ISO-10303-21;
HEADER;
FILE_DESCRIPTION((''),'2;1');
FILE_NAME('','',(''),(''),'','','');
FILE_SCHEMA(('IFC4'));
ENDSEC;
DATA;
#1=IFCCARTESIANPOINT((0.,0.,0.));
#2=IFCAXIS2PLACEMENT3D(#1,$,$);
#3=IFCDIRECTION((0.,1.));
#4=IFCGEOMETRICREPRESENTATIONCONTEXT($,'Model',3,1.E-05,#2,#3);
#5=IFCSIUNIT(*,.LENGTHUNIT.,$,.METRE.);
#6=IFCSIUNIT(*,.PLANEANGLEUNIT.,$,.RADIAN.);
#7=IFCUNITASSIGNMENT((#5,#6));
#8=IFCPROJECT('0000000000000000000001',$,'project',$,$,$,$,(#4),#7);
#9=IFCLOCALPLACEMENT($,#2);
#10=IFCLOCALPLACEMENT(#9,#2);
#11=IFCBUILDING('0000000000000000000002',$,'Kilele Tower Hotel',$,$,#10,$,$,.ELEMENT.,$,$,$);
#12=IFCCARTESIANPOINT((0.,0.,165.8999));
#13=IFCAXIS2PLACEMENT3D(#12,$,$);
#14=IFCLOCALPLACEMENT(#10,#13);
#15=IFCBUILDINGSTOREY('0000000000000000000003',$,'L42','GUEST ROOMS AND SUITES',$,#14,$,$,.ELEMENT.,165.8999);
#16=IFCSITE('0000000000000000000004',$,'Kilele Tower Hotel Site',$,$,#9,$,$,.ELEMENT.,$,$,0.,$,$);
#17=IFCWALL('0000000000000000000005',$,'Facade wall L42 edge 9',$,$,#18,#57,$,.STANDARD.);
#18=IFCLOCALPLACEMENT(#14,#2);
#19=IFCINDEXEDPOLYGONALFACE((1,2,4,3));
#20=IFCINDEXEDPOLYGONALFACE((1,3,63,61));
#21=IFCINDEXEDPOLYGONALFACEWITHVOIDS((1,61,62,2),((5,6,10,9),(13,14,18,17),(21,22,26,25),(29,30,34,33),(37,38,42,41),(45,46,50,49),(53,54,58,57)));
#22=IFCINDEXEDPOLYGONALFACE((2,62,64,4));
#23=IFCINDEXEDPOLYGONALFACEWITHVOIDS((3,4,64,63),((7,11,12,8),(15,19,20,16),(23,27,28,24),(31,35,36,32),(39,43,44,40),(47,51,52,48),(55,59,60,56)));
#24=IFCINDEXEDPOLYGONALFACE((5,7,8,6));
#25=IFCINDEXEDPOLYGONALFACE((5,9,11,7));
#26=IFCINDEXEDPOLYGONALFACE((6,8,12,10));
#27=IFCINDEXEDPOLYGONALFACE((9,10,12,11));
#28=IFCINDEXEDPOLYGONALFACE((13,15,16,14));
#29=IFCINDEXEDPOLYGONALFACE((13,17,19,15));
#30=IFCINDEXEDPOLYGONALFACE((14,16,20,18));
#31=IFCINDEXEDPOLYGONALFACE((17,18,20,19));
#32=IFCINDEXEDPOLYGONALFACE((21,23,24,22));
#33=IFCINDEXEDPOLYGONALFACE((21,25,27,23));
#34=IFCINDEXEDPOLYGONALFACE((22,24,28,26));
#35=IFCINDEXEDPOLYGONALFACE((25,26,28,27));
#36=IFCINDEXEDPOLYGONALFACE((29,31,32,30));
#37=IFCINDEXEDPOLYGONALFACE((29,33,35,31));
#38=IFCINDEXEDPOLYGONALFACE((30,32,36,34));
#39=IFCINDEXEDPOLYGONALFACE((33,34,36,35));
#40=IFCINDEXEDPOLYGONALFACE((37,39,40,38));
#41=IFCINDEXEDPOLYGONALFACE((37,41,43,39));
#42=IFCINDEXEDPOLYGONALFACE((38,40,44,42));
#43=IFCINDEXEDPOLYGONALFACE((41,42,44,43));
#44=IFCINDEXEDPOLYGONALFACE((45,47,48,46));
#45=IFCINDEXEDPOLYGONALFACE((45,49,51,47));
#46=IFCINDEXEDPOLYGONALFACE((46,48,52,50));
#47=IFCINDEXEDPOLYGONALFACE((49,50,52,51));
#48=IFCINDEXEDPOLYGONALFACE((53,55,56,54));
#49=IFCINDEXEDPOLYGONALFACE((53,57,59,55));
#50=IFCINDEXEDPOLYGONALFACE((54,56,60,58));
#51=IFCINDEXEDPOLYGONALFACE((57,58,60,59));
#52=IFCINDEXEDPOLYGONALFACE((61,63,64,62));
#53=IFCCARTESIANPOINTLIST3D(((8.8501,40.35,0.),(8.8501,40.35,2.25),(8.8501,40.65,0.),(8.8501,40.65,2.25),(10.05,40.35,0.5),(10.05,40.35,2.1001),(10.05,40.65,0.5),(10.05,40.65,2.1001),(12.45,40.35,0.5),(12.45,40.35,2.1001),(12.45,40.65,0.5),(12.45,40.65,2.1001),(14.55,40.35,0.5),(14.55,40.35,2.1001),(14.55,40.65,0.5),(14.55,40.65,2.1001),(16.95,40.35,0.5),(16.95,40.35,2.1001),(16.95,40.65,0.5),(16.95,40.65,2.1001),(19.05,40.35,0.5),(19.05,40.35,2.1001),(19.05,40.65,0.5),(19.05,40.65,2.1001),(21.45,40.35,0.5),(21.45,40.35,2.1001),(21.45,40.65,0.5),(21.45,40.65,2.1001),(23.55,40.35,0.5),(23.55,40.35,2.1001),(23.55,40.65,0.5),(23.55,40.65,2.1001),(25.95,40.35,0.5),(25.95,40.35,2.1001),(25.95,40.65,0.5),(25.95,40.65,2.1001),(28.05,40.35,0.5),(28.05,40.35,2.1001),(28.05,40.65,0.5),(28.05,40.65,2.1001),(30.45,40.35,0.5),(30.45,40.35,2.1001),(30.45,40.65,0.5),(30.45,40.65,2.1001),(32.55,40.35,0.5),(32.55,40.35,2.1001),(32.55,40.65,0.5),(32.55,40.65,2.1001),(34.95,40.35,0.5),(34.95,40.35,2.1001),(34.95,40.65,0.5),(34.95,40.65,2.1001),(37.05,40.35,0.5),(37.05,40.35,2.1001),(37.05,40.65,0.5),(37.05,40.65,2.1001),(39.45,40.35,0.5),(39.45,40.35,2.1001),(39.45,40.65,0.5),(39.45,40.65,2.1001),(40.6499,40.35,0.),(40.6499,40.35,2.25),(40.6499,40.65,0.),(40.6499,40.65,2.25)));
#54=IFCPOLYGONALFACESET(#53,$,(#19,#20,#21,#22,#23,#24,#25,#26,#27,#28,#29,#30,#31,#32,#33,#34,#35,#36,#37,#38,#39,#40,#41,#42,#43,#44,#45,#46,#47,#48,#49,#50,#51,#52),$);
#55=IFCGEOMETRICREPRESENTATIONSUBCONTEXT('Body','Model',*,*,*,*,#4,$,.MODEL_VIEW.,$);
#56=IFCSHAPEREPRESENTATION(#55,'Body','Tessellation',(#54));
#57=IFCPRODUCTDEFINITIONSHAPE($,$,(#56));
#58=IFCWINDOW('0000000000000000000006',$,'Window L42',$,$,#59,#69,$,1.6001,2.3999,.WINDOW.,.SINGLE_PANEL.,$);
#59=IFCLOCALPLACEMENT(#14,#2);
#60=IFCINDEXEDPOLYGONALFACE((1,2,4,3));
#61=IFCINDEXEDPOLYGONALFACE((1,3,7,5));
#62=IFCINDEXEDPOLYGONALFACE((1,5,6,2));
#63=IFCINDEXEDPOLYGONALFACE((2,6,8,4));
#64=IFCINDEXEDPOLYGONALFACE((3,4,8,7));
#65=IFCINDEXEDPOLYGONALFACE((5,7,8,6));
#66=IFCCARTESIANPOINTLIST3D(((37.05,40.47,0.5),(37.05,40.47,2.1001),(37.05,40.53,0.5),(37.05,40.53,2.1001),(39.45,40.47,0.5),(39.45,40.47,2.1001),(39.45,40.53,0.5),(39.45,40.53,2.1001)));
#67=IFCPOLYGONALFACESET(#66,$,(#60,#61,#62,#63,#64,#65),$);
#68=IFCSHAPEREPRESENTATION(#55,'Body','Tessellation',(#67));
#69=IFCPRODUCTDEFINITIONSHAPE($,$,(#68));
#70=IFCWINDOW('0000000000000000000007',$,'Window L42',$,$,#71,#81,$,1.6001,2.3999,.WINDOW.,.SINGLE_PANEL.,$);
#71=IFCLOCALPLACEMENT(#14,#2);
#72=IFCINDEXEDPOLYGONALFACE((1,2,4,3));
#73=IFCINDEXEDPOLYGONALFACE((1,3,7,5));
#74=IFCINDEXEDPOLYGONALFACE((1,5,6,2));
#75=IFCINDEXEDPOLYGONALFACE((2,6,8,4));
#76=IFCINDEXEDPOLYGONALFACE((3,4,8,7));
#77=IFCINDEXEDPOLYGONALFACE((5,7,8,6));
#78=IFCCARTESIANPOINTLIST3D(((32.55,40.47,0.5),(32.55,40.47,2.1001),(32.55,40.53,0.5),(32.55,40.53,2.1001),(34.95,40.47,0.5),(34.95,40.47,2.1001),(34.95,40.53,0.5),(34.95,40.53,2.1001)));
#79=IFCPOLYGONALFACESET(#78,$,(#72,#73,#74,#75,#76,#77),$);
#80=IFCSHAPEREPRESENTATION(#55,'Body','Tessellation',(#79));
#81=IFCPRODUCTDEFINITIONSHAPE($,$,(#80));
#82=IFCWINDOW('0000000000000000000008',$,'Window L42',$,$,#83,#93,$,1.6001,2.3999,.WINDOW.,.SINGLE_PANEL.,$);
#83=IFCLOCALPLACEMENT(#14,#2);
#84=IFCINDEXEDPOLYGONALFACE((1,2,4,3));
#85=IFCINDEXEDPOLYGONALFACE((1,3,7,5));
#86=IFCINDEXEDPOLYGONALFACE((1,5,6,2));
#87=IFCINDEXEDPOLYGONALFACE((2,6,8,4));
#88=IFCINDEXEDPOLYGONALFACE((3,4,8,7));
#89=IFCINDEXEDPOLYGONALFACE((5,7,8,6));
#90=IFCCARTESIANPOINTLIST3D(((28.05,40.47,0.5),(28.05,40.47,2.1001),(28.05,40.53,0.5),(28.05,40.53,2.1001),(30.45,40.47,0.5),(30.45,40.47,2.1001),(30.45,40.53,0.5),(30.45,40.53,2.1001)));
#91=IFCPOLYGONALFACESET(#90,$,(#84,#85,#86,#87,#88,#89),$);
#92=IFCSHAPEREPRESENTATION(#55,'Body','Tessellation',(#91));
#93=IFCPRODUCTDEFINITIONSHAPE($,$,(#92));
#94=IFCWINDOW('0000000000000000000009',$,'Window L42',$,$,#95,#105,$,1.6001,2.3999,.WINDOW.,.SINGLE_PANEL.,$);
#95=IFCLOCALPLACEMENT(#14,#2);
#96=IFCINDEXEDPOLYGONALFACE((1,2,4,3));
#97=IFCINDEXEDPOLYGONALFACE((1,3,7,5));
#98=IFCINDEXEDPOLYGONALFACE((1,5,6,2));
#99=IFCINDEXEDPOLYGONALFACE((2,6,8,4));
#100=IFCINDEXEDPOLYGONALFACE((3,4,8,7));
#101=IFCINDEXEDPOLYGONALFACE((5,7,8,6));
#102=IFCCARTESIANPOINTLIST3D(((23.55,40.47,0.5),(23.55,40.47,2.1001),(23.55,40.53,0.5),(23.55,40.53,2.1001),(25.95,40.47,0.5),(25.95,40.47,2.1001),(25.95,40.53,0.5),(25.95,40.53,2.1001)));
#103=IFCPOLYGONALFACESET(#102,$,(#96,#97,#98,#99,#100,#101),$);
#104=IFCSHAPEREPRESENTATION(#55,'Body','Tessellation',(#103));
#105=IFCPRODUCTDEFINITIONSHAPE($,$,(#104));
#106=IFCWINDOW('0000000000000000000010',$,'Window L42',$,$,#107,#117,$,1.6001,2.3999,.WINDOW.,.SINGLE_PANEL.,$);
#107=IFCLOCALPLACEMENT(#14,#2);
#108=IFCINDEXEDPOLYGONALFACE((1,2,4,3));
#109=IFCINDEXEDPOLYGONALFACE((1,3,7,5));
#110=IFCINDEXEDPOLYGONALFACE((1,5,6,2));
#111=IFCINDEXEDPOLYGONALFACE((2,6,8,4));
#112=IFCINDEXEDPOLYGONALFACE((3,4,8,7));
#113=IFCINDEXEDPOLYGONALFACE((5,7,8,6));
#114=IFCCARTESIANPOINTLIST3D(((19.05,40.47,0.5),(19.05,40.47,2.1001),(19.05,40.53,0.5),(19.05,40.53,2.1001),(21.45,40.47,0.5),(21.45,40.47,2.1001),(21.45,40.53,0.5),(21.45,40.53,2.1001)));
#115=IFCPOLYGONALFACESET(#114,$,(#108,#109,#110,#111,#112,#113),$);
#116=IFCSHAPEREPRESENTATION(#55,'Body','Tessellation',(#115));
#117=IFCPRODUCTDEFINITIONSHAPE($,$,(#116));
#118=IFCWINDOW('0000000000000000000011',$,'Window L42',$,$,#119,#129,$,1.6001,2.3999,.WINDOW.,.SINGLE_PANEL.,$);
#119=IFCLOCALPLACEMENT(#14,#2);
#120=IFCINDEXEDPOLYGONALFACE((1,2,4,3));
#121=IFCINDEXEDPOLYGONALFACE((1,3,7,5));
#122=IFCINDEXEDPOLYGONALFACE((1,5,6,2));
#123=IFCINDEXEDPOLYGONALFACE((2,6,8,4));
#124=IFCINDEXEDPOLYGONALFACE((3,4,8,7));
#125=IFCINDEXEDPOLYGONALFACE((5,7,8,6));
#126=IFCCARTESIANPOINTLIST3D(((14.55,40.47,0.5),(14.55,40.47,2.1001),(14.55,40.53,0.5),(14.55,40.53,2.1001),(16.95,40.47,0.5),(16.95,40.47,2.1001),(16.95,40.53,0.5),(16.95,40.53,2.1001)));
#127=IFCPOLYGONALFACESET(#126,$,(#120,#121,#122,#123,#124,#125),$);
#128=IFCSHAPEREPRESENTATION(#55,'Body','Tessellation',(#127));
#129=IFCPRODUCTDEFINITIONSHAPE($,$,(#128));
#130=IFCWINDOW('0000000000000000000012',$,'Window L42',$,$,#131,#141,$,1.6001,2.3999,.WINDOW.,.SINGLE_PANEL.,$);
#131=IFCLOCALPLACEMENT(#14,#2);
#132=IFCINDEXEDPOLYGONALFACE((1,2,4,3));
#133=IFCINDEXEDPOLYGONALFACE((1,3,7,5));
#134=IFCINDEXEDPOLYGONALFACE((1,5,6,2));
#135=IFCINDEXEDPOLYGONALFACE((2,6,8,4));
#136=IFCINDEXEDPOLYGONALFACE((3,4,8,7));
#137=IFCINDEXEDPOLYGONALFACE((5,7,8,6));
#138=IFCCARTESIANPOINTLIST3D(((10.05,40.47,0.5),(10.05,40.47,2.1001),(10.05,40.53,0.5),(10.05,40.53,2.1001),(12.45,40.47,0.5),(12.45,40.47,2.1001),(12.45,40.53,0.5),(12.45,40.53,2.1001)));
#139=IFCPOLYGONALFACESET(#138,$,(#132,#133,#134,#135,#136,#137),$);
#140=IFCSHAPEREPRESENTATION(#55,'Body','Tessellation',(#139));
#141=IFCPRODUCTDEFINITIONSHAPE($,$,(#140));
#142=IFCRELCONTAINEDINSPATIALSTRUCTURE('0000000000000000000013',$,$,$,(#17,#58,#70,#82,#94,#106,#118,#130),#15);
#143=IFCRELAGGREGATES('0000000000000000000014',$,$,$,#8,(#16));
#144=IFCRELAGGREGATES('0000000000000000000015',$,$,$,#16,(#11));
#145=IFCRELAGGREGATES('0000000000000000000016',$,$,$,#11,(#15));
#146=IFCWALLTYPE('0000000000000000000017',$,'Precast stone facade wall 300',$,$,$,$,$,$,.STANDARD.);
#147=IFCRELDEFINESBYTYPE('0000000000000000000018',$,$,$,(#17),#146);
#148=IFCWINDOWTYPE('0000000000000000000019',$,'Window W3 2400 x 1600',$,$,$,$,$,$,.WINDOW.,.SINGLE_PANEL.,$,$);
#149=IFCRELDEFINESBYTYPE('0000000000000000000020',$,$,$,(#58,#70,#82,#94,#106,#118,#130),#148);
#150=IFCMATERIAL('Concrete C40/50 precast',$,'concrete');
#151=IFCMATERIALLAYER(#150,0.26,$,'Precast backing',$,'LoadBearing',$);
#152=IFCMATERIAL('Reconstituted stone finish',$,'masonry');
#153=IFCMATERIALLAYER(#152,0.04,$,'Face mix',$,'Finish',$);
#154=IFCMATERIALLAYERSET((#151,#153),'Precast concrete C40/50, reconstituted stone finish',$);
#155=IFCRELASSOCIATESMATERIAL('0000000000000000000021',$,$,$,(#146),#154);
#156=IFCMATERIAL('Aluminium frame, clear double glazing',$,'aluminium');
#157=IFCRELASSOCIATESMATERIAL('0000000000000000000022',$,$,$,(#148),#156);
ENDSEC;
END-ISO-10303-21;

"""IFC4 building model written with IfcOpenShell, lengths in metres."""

from ifc_helpers import new_model, si_unit, direction, frame, frame_2d, origin, place, context, subcontext, project, spatial, rectangle, extrude, material, layer, layer_set, type_object, element, fill, save


model = new_model("IFC4")

# Units and contexts
model_context = context("Model", 3, precision=1e-05, world=origin(), true_north=direction((0.0, 1.0)))
body_context = subcontext(model_context, "Body", "Model", "MODEL_VIEW")
ifc_project = project(units=[si_unit("LENGTHUNIT", "METRE"), si_unit("PLANEANGLEUNIT", "RADIAN")], contexts=[model_context])

# Site, building, storey
site_placement = place(None, origin())
site = spatial("IfcSite", under=ifc_project, at=site_placement, Name="Kilele Tower Hotel Site", CompositionType="ELEMENT", RefElevation=0.0)
building_placement = place(site_placement, origin())
building = spatial("IfcBuilding", under=site, at=building_placement, Name="Kilele Tower Hotel", CompositionType="ELEMENT")
storey_placement = place(building_placement, frame((0.0, 0.0, 165.8999)))
storey = spatial("IfcBuildingStorey", under=building, at=storey_placement, Name="L42", Description="GUEST ROOMS AND SUITES", CompositionType="ELEMENT", Elevation=165.8999)

# Shared definitions
ifc_material_1 = material(Name="Concrete C40/50 precast", Category="concrete")
ifc_layer_1 = layer(ifc_material_1, 0.26, Name="Precast backing", Category="LoadBearing")
ifc_material_2 = material(Name="Reconstituted stone finish", Category="masonry")
ifc_layer_2 = layer(ifc_material_2, 0.04, Name="Face mix", Category="Finish")
ifc_layer_set_1 = layer_set([ifc_layer_1, ifc_layer_2], Name="Precast concrete C40/50, reconstituted stone finish")
wall_type_1 = type_object("IfcWallType", Name="Precast stone facade wall 300", PredefinedType="STANDARD", material=ifc_layer_set_1)
ifc_material_3 = material(Name="Aluminium frame, clear double glazing", Category="aluminium")
window_type = type_object("IfcWindowType", Name="Window W3 2400 x 1600", PartitioningType="SINGLE_PANEL", PredefinedType="WINDOW", material=ifc_material_3)

# Wall, openings, windows
wall_1_placement = place(storey_placement, frame((40.6499, 40.5, 0.0), z_axis=(0.0, 0.0, 1.0), x_axis=(-1.0, 0.0, 0.0)))
wall_1 = element("IfcWall", 1, at=wall_1_placement, inside=storey, type_object=wall_type_1, Name="Facade wall L42 edge 9", PredefinedType="STANDARD", context=body_context, shape_type="SweptSolid", body=[
    extrude(rectangle(XDim=31.7998, YDim=0.3, at=frame_2d((15.8999, 0.0))), origin(), (0.0, 0.0, 1.0), 2.25),
])
opening_1_placement = place(wall_1_placement, frame((1.2, 0.0, 0.5)))
opening_1 = element("IfcOpeningElement", 2, at=opening_1_placement, cuts=wall_1, PredefinedType="OPENING", context=body_context, shape_type="SweptSolid", body=[
    extrude(rectangle(XDim=2.3999, YDim=1.6001, at=frame_2d((1.2, 0.8))), frame((0.0, 0.1599, 0.0), z_axis=(0.0, -1.0, 0.0), x_axis=(1.0, 0.0, 0.0)), (0.0, 0.0, 1.0), 0.3201),
])
opening_2_placement = place(wall_1_placement, frame((5.7, 0.0, 0.5)))
opening_2 = element("IfcOpeningElement", 3, at=opening_2_placement, cuts=wall_1, PredefinedType="OPENING", context=body_context, shape_type="SweptSolid", body=[
    extrude(rectangle(XDim=2.3999, YDim=1.6001, at=frame_2d((1.2, 0.8))), frame((0.0, 0.1599, 0.0), z_axis=(0.0, -1.0, 0.0), x_axis=(1.0, 0.0, 0.0)), (0.0, 0.0, 1.0), 0.3201),
])
opening_3_placement = place(wall_1_placement, frame((10.2, 0.0, 0.5)))
opening_3 = element("IfcOpeningElement", 4, at=opening_3_placement, cuts=wall_1, PredefinedType="OPENING", context=body_context, shape_type="SweptSolid", body=[
    extrude(rectangle(XDim=2.3999, YDim=1.6001, at=frame_2d((1.2, 0.8))), frame((0.0, 0.1599, 0.0), z_axis=(0.0, -1.0, 0.0), x_axis=(1.0, 0.0, 0.0)), (0.0, 0.0, 1.0), 0.3201),
])
opening_4_placement = place(wall_1_placement, frame((14.7, 0.0, 0.5)))
opening_4 = element("IfcOpeningElement", 5, at=opening_4_placement, cuts=wall_1, PredefinedType="OPENING", context=body_context, shape_type="SweptSolid", body=[
    extrude(rectangle(XDim=2.3999, YDim=1.6001, at=frame_2d((1.2, 0.8))), frame((0.0, 0.1599, 0.0), z_axis=(0.0, -1.0, 0.0), x_axis=(1.0, 0.0, 0.0)), (0.0, 0.0, 1.0), 0.3201),
])
opening_5_placement = place(wall_1_placement, frame((19.2, 0.0, 0.5)))
opening_5 = element("IfcOpeningElement", 6, at=opening_5_placement, cuts=wall_1, PredefinedType="OPENING", context=body_context, shape_type="SweptSolid", body=[
    extrude(rectangle(XDim=2.3999, YDim=1.6001, at=frame_2d((1.2, 0.8))), frame((0.0, 0.1599, 0.0), z_axis=(0.0, -1.0, 0.0), x_axis=(1.0, 0.0, 0.0)), (0.0, 0.0, 1.0), 0.3201),
])
opening_6_placement = place(wall_1_placement, frame((23.7, 0.0, 0.5)))
opening_6 = element("IfcOpeningElement", 7, at=opening_6_placement, cuts=wall_1, PredefinedType="OPENING", context=body_context, shape_type="SweptSolid", body=[
    extrude(rectangle(XDim=2.3999, YDim=1.6001, at=frame_2d((1.2, 0.8))), frame((0.0, 0.1599, 0.0), z_axis=(0.0, -1.0, 0.0), x_axis=(1.0, 0.0, 0.0)), (0.0, 0.0, 1.0), 0.3201),
])
opening_7_placement = place(wall_1_placement, frame((28.2, 0.0, 0.5)))
opening_7 = element("IfcOpeningElement", 8, at=opening_7_placement, cuts=wall_1, PredefinedType="OPENING", context=body_context, shape_type="SweptSolid", body=[
    extrude(rectangle(XDim=2.3999, YDim=1.6001, at=frame_2d((1.2, 0.8))), frame((0.0, 0.1599, 0.0), z_axis=(0.0, -1.0, 0.0), x_axis=(1.0, 0.0, 0.0)), (0.0, 0.0, 1.0), 0.3201),
])
window_1_placement = place(opening_1_placement, origin())
window_1 = element("IfcWindow", 9, at=window_1_placement, inside=storey, type_object=window_type, Name="Window L42", OverallHeight=1.6001, OverallWidth=2.3999, PartitioningType="SINGLE_PANEL", PredefinedType="WINDOW", context=body_context, shape_type="SweptSolid", body=[
    extrude(rectangle(XDim=2.3999, YDim=1.6001, at=frame_2d((1.2, 0.8))), frame((0.0, 0.03, 0.0), z_axis=(0.0, -1.0, 0.0), x_axis=(1.0, 0.0, 0.0)), (0.0, 0.0, 1.0), 0.0601),
])
fill(opening_1, window_1)
window_2_placement = place(opening_2_placement, origin())
window_2 = element("IfcWindow", 10, at=window_2_placement, inside=storey, type_object=window_type, Name="Window L42", OverallHeight=1.6001, OverallWidth=2.3999, PartitioningType="SINGLE_PANEL", PredefinedType="WINDOW", context=body_context, shape_type="SweptSolid", body=[
    extrude(rectangle(XDim=2.3999, YDim=1.6001, at=frame_2d((1.2, 0.8))), frame((0.0, 0.03, 0.0), z_axis=(0.0, -1.0, 0.0), x_axis=(1.0, 0.0, 0.0)), (0.0, 0.0, 1.0), 0.0601),
])
fill(opening_2, window_2)
window_3_placement = place(opening_3_placement, origin())
window_3 = element("IfcWindow", 11, at=window_3_placement, inside=storey, type_object=window_type, Name="Window L42", OverallHeight=1.6001, OverallWidth=2.3999, PartitioningType="SINGLE_PANEL", PredefinedType="WINDOW", context=body_context, shape_type="SweptSolid", body=[
    extrude(rectangle(XDim=2.3999, YDim=1.6001, at=frame_2d((1.2, 0.8))), frame((0.0, 0.03, 0.0), z_axis=(0.0, -1.0, 0.0), x_axis=(1.0, 0.0, 0.0)), (0.0, 0.0, 1.0), 0.0601),
])
fill(opening_3, window_3)
window_4_placement = place(opening_4_placement, origin())
window_4 = element("IfcWindow", 12, at=window_4_placement, inside=storey, type_object=window_type, Name="Window L42", OverallHeight=1.6001, OverallWidth=2.3999, PartitioningType="SINGLE_PANEL", PredefinedType="WINDOW", context=body_context, shape_type="SweptSolid", body=[
    extrude(rectangle(XDim=2.3999, YDim=1.6001, at=frame_2d((1.2, 0.8))), frame((0.0, 0.03, 0.0), z_axis=(0.0, -1.0, 0.0), x_axis=(1.0, 0.0, 0.0)), (0.0, 0.0, 1.0), 0.0601),
])
fill(opening_4, window_4)
window_5_placement = place(opening_5_placement, origin())
window_5 = element("IfcWindow", 13, at=window_5_placement, inside=storey, type_object=window_type, Name="Window L42", OverallHeight=1.6001, OverallWidth=2.3999, PartitioningType="SINGLE_PANEL", PredefinedType="WINDOW", context=body_context, shape_type="SweptSolid", body=[
    extrude(rectangle(XDim=2.3999, YDim=1.6001, at=frame_2d((1.2, 0.8))), frame((0.0, 0.03, 0.0), z_axis=(0.0, -1.0, 0.0), x_axis=(1.0, 0.0, 0.0)), (0.0, 0.0, 1.0), 0.0601),
])
fill(opening_5, window_5)
window_6_placement = place(opening_6_placement, origin())
window_6 = element("IfcWindow", 14, at=window_6_placement, inside=storey, type_object=window_type, Name="Window L42", OverallHeight=1.6001, OverallWidth=2.3999, PartitioningType="SINGLE_PANEL", PredefinedType="WINDOW", context=body_context, shape_type="SweptSolid", body=[
    extrude(rectangle(XDim=2.3999, YDim=1.6001, at=frame_2d((1.2, 0.8))), frame((0.0, 0.03, 0.0), z_axis=(0.0, -1.0, 0.0), x_axis=(1.0, 0.0, 0.0)), (0.0, 0.0, 1.0), 0.0601),
])
fill(opening_6, window_6)
window_7_placement = place(opening_7_placement, origin())
window_7 = element("IfcWindow", 15, at=window_7_placement, inside=storey, type_object=window_type, Name="Window L42", OverallHeight=1.6001, OverallWidth=2.3999, PartitioningType="SINGLE_PANEL", PredefinedType="WINDOW", context=body_context, shape_type="SweptSolid", body=[
    extrude(rectangle(XDim=2.3999, YDim=1.6001, at=frame_2d((1.2, 0.8))), frame((0.0, 0.03, 0.0), z_axis=(0.0, -1.0, 0.0), x_axis=(1.0, 0.0, 0.0)), (0.0, 0.0, 1.0), 0.0601),
])
fill(opening_7, window_7)

save(model, "model.ifc")
